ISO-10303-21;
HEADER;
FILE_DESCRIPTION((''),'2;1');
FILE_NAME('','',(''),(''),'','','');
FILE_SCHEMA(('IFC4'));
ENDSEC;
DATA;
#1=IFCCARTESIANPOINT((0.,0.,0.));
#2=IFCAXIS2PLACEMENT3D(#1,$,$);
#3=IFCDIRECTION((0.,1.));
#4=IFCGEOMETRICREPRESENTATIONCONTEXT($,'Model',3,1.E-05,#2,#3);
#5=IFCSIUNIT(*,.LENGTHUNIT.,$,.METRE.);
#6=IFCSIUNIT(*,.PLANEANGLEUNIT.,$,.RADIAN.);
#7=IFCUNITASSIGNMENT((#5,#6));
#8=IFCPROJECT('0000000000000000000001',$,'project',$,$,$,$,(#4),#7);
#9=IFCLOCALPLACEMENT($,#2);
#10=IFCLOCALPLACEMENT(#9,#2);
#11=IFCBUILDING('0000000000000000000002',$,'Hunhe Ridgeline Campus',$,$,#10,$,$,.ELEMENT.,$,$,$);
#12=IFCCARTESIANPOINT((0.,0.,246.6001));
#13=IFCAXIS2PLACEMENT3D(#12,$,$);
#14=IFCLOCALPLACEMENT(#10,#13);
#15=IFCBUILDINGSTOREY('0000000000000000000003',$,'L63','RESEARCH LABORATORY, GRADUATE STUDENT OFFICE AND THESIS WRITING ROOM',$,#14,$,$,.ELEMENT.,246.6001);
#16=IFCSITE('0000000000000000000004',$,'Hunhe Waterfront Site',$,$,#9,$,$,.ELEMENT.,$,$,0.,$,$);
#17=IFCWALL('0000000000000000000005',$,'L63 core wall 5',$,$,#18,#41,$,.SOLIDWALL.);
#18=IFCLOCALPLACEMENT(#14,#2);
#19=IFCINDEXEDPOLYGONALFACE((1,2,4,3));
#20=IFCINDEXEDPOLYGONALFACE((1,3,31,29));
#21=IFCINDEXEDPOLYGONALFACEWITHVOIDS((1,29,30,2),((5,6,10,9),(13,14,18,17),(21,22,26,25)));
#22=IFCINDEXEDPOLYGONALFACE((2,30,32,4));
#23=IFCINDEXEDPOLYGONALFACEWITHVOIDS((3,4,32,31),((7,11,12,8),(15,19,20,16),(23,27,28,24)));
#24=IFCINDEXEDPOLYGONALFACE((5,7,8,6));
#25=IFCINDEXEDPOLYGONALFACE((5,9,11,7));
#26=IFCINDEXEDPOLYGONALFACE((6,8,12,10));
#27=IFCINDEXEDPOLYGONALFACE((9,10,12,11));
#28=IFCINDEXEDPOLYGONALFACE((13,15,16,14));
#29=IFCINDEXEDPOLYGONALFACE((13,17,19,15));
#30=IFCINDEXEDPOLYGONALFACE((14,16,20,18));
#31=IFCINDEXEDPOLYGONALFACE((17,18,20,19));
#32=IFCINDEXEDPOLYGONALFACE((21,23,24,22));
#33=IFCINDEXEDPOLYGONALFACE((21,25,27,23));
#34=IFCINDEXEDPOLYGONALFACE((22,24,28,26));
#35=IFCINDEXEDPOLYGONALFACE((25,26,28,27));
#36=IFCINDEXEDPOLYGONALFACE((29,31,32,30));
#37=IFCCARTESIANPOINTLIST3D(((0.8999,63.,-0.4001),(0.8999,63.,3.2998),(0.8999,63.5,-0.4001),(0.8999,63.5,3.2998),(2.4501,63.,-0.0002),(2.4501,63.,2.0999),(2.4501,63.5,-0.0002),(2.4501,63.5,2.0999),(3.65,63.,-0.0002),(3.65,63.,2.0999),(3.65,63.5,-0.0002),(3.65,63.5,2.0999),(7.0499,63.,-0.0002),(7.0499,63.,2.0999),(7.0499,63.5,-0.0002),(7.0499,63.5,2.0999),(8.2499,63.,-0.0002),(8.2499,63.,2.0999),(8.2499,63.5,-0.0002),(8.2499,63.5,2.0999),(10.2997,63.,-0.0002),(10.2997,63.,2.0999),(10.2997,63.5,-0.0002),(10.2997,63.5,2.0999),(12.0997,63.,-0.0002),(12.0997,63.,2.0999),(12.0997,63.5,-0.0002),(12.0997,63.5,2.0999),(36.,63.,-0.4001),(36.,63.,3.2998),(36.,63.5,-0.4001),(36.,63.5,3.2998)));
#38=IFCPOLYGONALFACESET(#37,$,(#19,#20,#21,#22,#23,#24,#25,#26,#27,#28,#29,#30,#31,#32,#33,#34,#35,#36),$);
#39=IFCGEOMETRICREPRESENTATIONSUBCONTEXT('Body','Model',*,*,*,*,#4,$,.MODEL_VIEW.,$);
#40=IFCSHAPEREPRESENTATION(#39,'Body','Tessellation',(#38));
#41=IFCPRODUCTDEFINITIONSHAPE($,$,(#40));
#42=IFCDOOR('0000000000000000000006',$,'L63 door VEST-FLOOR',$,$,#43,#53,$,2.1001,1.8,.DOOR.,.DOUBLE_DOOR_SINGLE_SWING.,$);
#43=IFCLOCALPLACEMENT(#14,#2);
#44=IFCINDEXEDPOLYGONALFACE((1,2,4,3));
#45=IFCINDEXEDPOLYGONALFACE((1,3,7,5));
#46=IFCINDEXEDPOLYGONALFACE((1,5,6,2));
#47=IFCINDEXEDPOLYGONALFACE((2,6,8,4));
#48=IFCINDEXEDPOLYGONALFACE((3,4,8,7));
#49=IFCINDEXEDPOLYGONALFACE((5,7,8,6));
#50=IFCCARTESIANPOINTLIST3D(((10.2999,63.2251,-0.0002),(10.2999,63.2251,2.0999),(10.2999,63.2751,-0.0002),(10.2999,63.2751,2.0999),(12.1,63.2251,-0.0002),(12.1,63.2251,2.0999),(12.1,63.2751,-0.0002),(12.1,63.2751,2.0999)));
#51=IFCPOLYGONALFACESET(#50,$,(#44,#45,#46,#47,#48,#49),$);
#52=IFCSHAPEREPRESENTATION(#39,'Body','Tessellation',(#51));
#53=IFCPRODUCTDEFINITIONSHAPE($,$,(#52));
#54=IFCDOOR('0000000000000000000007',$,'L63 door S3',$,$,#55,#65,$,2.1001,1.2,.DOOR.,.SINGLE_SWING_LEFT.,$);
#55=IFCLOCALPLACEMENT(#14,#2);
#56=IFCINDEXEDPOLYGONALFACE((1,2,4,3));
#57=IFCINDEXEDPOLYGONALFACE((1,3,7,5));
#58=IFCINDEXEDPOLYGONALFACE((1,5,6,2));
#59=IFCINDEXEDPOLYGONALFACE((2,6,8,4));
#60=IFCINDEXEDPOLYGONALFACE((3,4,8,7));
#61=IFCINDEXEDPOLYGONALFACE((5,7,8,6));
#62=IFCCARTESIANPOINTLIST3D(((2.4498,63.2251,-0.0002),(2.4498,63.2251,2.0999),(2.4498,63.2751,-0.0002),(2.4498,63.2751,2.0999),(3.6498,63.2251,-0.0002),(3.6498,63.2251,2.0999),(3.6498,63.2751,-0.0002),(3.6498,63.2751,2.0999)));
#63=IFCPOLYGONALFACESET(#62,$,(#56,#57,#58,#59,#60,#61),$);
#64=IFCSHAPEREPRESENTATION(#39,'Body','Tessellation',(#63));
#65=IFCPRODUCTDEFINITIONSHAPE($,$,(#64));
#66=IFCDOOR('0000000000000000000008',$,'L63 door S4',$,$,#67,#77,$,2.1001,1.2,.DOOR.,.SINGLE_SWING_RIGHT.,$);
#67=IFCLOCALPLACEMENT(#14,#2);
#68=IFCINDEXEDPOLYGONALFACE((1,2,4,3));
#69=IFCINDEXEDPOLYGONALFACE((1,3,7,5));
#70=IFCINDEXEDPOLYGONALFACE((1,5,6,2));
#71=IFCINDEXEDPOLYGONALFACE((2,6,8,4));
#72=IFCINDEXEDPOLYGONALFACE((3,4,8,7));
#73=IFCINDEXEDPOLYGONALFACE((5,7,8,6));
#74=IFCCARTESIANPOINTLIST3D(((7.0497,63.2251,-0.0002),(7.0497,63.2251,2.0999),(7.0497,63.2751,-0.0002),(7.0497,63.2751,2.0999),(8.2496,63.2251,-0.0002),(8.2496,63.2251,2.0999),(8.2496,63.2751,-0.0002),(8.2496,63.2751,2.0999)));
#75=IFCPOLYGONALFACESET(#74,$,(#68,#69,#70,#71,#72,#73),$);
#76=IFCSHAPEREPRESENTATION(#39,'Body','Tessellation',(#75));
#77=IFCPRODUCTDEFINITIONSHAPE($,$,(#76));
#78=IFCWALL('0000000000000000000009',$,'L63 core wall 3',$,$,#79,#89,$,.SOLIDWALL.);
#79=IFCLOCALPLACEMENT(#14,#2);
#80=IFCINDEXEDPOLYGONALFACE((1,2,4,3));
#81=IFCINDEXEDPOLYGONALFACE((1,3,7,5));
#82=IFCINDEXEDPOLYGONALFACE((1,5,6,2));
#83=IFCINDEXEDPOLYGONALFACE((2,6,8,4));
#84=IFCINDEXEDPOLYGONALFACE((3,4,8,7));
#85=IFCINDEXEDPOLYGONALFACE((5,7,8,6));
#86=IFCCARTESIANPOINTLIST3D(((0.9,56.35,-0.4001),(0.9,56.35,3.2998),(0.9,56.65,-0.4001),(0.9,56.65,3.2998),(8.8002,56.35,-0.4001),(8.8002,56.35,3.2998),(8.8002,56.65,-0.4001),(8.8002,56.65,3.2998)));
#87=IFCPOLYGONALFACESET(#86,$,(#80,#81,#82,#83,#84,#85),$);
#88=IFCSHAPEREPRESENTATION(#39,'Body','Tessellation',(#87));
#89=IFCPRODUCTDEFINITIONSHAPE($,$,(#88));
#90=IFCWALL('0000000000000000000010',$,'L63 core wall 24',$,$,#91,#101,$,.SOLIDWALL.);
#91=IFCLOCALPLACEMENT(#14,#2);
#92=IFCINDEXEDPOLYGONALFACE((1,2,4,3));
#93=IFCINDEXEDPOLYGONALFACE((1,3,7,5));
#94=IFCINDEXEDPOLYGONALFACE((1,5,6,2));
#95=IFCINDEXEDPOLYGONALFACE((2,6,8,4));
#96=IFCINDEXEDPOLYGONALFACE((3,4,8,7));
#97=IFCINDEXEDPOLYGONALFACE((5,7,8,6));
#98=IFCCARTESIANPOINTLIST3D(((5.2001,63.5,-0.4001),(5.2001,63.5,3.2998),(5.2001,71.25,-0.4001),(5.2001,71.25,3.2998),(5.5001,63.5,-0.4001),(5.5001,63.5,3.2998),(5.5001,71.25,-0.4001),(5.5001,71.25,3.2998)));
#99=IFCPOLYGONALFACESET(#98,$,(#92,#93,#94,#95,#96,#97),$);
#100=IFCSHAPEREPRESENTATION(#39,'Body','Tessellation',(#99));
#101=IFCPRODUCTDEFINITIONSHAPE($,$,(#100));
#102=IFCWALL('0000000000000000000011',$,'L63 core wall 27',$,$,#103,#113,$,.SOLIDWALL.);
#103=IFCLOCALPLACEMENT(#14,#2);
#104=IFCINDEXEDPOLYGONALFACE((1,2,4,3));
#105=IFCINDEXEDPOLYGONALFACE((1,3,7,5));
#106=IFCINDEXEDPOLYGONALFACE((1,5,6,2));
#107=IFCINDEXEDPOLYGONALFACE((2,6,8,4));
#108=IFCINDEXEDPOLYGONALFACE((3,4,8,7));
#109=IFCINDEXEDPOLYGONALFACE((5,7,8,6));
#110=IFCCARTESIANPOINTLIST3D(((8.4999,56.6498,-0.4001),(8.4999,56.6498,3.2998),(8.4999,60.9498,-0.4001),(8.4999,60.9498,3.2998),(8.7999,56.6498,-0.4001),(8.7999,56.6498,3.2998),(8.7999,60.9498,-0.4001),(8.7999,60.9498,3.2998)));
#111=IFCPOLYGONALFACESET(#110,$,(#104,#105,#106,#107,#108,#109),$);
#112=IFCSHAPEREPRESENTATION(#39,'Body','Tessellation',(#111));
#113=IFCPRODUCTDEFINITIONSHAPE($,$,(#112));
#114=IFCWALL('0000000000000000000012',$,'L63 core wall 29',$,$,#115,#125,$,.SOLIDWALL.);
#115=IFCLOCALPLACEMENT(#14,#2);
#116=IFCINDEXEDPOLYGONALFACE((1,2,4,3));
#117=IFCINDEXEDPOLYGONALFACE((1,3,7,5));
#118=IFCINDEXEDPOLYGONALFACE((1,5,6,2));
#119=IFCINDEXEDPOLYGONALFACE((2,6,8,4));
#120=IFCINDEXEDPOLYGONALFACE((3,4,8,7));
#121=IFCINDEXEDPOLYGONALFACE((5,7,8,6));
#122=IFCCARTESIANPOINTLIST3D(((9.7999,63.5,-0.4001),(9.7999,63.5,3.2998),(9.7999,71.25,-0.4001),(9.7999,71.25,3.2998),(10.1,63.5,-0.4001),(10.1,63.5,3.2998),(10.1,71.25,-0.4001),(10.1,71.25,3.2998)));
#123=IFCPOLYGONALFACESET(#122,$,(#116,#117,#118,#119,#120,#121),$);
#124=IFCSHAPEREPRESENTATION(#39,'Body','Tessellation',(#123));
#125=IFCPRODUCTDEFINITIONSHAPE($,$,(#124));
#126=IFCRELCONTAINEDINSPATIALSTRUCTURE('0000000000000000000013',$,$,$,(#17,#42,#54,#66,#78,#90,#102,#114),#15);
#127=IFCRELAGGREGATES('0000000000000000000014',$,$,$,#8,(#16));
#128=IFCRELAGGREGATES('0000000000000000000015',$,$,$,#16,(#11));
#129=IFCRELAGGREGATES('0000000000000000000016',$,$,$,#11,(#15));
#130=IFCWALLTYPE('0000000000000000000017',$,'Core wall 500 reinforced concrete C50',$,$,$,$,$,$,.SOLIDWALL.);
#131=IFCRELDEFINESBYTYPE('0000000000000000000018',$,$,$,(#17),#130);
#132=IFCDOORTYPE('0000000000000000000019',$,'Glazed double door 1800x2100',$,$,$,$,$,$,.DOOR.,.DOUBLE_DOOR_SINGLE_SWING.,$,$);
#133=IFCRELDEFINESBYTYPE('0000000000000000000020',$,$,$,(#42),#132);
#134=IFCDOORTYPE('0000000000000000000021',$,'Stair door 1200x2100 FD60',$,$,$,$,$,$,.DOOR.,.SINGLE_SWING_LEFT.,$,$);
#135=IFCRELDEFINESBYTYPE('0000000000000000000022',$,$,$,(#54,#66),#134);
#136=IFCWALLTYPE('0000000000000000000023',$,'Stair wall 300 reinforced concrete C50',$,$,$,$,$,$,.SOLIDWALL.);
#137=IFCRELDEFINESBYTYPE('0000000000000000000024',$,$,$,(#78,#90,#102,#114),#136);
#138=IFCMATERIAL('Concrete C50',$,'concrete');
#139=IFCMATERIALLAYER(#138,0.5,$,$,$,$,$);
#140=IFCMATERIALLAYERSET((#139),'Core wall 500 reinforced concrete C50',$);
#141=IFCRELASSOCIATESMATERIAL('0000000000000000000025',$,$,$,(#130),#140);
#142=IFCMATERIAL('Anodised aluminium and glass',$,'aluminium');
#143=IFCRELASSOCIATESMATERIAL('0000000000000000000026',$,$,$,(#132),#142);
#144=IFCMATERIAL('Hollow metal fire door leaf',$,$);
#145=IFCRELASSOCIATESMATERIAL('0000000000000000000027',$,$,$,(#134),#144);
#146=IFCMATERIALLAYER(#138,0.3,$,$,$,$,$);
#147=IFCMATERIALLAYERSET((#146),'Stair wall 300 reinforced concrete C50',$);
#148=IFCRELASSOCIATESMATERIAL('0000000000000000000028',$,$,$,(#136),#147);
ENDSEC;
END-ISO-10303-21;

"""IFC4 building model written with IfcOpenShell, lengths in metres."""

from ifc_helpers import new_model, si_unit, direction, frame, frame_2d, origin, place, context, subcontext, project, spatial, rectangle, extrude, material, layer, layer_set, type_object, element, fill, save


model = new_model("IFC4")

# Units and contexts
model_context = context("Model", 3, precision=1e-05, world=origin(), true_north=direction((0.0, 1.0)))
body_context = subcontext(model_context, "Body", "Model", "MODEL_VIEW")
ifc_project = project(units=[si_unit("LENGTHUNIT", "METRE"), si_unit("PLANEANGLEUNIT", "RADIAN")], contexts=[model_context])

# Site, building, storey
site_placement = place(None, origin())
site = spatial("IfcSite", under=ifc_project, at=site_placement, Name="Hunhe Waterfront Site", CompositionType="ELEMENT", RefElevation=0.0)
building_placement = place(site_placement, origin())
building = spatial("IfcBuilding", under=site, at=building_placement, Name="Hunhe Ridgeline Campus", CompositionType="ELEMENT")
storey_placement = place(building_placement, frame((0.0, 0.0, 246.6001)))
storey = spatial("IfcBuildingStorey", under=building, at=storey_placement, Name="L63", Description="RESEARCH LABORATORY, GRADUATE STUDENT OFFICE AND THESIS WRITING ROOM", CompositionType="ELEMENT", Elevation=246.6001)

# Wall, openings, doors
ifc_material_1 = material(Name="Concrete C50", Category="concrete")
ifc_layer_1 = layer(ifc_material_1, 0.5)
ifc_layer_set_1 = layer_set([ifc_layer_1], Name="Core wall 500 reinforced concrete C50")
wall_type_1 = type_object("IfcWallType", Name="Core wall 500 reinforced concrete C50", PredefinedType="SOLIDWALL", material=ifc_layer_set_1)
wall_1_placement = place(storey_placement, frame((0.8999, 63.25, -0.4001), z_axis=(0.0, 0.0, 1.0), x_axis=(1.0, 0.0, 0.0)))
wall_1 = element("IfcWall", 1, at=wall_1_placement, inside=storey, type_object=wall_type_1, Name="L63 core wall 5", PredefinedType="SOLIDWALL", context=body_context, shape_type="SweptSolid", body=[
    extrude(rectangle(XDim=35.1001, YDim=0.5, at=frame_2d((17.55, 0.0))), origin(), (0.0, 0.0, 1.0), 3.7),
])
opening_1_placement = place(wall_1_placement, frame((9.3999, 0.0, 0.3999)))
opening_1 = element("IfcOpeningElement", 2, at=opening_1_placement, cuts=wall_1, PredefinedType="OPENING", context=body_context, shape_type="SweptSolid", body=[
    extrude(rectangle(XDim=1.8, YDim=2.1001, at=frame_2d((0.8999, 1.05))), frame((0.0, 0.25, 0.0), z_axis=(0.0, -1.0, 0.0), x_axis=(1.0, 0.0, 0.0)), (0.0, 0.0, 1.0), 0.5),
])
opening_2_placement = place(wall_1_placement, frame((1.55, 0.0, 0.3999)))
opening_2 = element("IfcOpeningElement", 3, at=opening_2_placement, cuts=wall_1, PredefinedType="OPENING", context=body_context, shape_type="SweptSolid", body=[
    extrude(rectangle(XDim=1.2, YDim=2.1001, at=frame_2d((0.6001, 1.05))), frame((0.0, 0.25, 0.0), z_axis=(0.0, -1.0, 0.0), x_axis=(1.0, 0.0, 0.0)), (0.0, 0.0, 1.0), 0.5),
])
opening_3_placement = place(wall_1_placement, frame((6.1499, 0.0, 0.3999)))
opening_3 = element("IfcOpeningElement", 4, at=opening_3_placement, cuts=wall_1, PredefinedType="OPENING", context=body_context, shape_type="SweptSolid", body=[
    extrude(rectangle(XDim=1.2, YDim=2.1001, at=frame_2d((0.6001, 1.05))), frame((0.0, 0.25, 0.0), z_axis=(0.0, -1.0, 0.0), x_axis=(1.0, 0.0, 0.0)), (0.0, 0.0, 1.0), 0.5),
])
ifc_material_2 = material(Name="Anodised aluminium and glass", Category="aluminium")
door_type_1 = type_object("IfcDoorType", Name="Glazed double door 1800x2100", OperationType="DOUBLE_DOOR_SINGLE_SWING", PredefinedType="DOOR", material=ifc_material_2)
door_1_placement = place(opening_1_placement, frame((1.8, 0.0, 0.0), z_axis=(0.0, 0.0, 1.0), x_axis=(-1.0, 0.0, 0.0)))
door_1 = element("IfcDoor", 5, at=door_1_placement, inside=storey, type_object=door_type_1, Name="L63 door VEST-FLOOR", OperationType="DOUBLE_DOOR_SINGLE_SWING", OverallHeight=2.1001, OverallWidth=1.8, PredefinedType="DOOR", context=body_context, shape_type="SweptSolid", body=[
    extrude(rectangle(XDim=1.8, YDim=2.1001, at=frame_2d((0.8999, 1.05))), frame((0.0, 0.0249, 0.0), z_axis=(0.0, -1.0, 0.0), x_axis=(1.0, 0.0, 0.0)), (0.0, 0.0, 1.0), 0.05),
])
fill(opening_1, door_1)
ifc_material_3 = material(Name="Hollow metal fire door leaf")
door_type_2 = type_object("IfcDoorType", Name="Stair door 1200x2100 FD60", OperationType="SINGLE_SWING_LEFT", PredefinedType="DOOR", material=ifc_material_3)
door_2_placement = place(opening_2_placement, frame((1.2, 0.0, 0.0), z_axis=(0.0, 0.0, 1.0), x_axis=(-1.0, 0.0, 0.0)))
door_2 = element("IfcDoor", 6, at=door_2_placement, inside=storey, type_object=door_type_2, Name="L63 door S3", OperationType="SINGLE_SWING_LEFT", OverallHeight=2.1001, OverallWidth=1.2, PredefinedType="DOOR", context=body_context, shape_type="SweptSolid", body=[
    extrude(rectangle(XDim=1.2, YDim=2.1001, at=frame_2d((0.6001, 1.05))), frame((0.0, 0.0249, 0.0), z_axis=(0.0, -1.0, 0.0), x_axis=(1.0, 0.0, 0.0)), (0.0, 0.0, 1.0), 0.05),
])
fill(opening_2, door_2)
door_3_placement = place(opening_3_placement, frame((1.2, 0.0, 0.0), z_axis=(0.0, 0.0, 1.0), x_axis=(-1.0, 0.0, 0.0)))
door_3 = element("IfcDoor", 7, at=door_3_placement, inside=storey, type_object=door_type_2, Name="L63 door S4", OperationType="SINGLE_SWING_RIGHT", OverallHeight=2.1001, OverallWidth=1.2, PredefinedType="DOOR", context=body_context, shape_type="SweptSolid", body=[
    extrude(rectangle(XDim=1.2, YDim=2.1001, at=frame_2d((0.6001, 1.05))), frame((0.0, 0.0249, 0.0), z_axis=(0.0, -1.0, 0.0), x_axis=(1.0, 0.0, 0.0)), (0.0, 0.0, 1.0), 0.05),
])
fill(opening_3, door_3)

# Wall
ifc_layer_2 = layer(ifc_material_1, 0.3)
ifc_layer_set_2 = layer_set([ifc_layer_2], Name="Stair wall 300 reinforced concrete C50")
wall_type_2 = type_object("IfcWallType", Name="Stair wall 300 reinforced concrete C50", PredefinedType="SOLIDWALL", material=ifc_layer_set_2)
wall_2_placement = place(storey_placement, frame((0.8999, 56.5, -0.4001), z_axis=(0.0, 0.0, 1.0), x_axis=(1.0, 0.0, 0.0)))
element("IfcWall", 8, at=wall_2_placement, inside=storey, type_object=wall_type_2, Name="L63 core wall 3", PredefinedType="SOLIDWALL", context=body_context, shape_type="SweptSolid", body=[
    extrude(rectangle(XDim=7.9001, YDim=0.3, at=frame_2d((3.9502, 0.0))), origin(), (0.0, 0.0, 1.0), 3.7),
])

# Walls
wall_3_placement = place(storey_placement, frame((5.3501, 63.5, -0.4001), z_axis=(0.0, 0.0, 1.0), x_axis=(0.0, 1.0, 0.0)))
element("IfcWall", 9, at=wall_3_placement, inside=storey, type_object=wall_type_2, Name="L63 core wall 24", PredefinedType="SOLIDWALL", context=body_context, shape_type="SweptSolid", body=[
    extrude(rectangle(XDim=7.75, YDim=0.3, at=frame_2d((3.875, 0.0))), origin(), (0.0, 0.0, 1.0), 3.7),
])
wall_4_placement = place(storey_placement, frame((8.6499, 56.6499, -0.4001), z_axis=(0.0, 0.0, 1.0), x_axis=(0.0, 1.0, 0.0)))
element("IfcWall", 10, at=wall_4_placement, inside=storey, type_object=wall_type_2, Name="L63 core wall 27", PredefinedType="SOLIDWALL", context=body_context, shape_type="SweptSolid", body=[
    extrude(rectangle(XDim=4.3, YDim=0.3, at=frame_2d((2.1499, 0.0))), origin(), (0.0, 0.0, 1.0), 3.7),
])
wall_5_placement = place(storey_placement, frame((9.95, 63.5, -0.4001), z_axis=(0.0, 0.0, 1.0), x_axis=(0.0, 1.0, 0.0)))
element("IfcWall", 11, at=wall_5_placement, inside=storey, type_object=wall_type_2, Name="L63 core wall 29", PredefinedType="SOLIDWALL", context=body_context, shape_type="SweptSolid", body=[
    extrude(rectangle(XDim=7.75, YDim=0.3, at=frame_2d((3.875, 0.0))), origin(), (0.0, 0.0, 1.0), 3.7),
])

save(model, "model.ifc")
